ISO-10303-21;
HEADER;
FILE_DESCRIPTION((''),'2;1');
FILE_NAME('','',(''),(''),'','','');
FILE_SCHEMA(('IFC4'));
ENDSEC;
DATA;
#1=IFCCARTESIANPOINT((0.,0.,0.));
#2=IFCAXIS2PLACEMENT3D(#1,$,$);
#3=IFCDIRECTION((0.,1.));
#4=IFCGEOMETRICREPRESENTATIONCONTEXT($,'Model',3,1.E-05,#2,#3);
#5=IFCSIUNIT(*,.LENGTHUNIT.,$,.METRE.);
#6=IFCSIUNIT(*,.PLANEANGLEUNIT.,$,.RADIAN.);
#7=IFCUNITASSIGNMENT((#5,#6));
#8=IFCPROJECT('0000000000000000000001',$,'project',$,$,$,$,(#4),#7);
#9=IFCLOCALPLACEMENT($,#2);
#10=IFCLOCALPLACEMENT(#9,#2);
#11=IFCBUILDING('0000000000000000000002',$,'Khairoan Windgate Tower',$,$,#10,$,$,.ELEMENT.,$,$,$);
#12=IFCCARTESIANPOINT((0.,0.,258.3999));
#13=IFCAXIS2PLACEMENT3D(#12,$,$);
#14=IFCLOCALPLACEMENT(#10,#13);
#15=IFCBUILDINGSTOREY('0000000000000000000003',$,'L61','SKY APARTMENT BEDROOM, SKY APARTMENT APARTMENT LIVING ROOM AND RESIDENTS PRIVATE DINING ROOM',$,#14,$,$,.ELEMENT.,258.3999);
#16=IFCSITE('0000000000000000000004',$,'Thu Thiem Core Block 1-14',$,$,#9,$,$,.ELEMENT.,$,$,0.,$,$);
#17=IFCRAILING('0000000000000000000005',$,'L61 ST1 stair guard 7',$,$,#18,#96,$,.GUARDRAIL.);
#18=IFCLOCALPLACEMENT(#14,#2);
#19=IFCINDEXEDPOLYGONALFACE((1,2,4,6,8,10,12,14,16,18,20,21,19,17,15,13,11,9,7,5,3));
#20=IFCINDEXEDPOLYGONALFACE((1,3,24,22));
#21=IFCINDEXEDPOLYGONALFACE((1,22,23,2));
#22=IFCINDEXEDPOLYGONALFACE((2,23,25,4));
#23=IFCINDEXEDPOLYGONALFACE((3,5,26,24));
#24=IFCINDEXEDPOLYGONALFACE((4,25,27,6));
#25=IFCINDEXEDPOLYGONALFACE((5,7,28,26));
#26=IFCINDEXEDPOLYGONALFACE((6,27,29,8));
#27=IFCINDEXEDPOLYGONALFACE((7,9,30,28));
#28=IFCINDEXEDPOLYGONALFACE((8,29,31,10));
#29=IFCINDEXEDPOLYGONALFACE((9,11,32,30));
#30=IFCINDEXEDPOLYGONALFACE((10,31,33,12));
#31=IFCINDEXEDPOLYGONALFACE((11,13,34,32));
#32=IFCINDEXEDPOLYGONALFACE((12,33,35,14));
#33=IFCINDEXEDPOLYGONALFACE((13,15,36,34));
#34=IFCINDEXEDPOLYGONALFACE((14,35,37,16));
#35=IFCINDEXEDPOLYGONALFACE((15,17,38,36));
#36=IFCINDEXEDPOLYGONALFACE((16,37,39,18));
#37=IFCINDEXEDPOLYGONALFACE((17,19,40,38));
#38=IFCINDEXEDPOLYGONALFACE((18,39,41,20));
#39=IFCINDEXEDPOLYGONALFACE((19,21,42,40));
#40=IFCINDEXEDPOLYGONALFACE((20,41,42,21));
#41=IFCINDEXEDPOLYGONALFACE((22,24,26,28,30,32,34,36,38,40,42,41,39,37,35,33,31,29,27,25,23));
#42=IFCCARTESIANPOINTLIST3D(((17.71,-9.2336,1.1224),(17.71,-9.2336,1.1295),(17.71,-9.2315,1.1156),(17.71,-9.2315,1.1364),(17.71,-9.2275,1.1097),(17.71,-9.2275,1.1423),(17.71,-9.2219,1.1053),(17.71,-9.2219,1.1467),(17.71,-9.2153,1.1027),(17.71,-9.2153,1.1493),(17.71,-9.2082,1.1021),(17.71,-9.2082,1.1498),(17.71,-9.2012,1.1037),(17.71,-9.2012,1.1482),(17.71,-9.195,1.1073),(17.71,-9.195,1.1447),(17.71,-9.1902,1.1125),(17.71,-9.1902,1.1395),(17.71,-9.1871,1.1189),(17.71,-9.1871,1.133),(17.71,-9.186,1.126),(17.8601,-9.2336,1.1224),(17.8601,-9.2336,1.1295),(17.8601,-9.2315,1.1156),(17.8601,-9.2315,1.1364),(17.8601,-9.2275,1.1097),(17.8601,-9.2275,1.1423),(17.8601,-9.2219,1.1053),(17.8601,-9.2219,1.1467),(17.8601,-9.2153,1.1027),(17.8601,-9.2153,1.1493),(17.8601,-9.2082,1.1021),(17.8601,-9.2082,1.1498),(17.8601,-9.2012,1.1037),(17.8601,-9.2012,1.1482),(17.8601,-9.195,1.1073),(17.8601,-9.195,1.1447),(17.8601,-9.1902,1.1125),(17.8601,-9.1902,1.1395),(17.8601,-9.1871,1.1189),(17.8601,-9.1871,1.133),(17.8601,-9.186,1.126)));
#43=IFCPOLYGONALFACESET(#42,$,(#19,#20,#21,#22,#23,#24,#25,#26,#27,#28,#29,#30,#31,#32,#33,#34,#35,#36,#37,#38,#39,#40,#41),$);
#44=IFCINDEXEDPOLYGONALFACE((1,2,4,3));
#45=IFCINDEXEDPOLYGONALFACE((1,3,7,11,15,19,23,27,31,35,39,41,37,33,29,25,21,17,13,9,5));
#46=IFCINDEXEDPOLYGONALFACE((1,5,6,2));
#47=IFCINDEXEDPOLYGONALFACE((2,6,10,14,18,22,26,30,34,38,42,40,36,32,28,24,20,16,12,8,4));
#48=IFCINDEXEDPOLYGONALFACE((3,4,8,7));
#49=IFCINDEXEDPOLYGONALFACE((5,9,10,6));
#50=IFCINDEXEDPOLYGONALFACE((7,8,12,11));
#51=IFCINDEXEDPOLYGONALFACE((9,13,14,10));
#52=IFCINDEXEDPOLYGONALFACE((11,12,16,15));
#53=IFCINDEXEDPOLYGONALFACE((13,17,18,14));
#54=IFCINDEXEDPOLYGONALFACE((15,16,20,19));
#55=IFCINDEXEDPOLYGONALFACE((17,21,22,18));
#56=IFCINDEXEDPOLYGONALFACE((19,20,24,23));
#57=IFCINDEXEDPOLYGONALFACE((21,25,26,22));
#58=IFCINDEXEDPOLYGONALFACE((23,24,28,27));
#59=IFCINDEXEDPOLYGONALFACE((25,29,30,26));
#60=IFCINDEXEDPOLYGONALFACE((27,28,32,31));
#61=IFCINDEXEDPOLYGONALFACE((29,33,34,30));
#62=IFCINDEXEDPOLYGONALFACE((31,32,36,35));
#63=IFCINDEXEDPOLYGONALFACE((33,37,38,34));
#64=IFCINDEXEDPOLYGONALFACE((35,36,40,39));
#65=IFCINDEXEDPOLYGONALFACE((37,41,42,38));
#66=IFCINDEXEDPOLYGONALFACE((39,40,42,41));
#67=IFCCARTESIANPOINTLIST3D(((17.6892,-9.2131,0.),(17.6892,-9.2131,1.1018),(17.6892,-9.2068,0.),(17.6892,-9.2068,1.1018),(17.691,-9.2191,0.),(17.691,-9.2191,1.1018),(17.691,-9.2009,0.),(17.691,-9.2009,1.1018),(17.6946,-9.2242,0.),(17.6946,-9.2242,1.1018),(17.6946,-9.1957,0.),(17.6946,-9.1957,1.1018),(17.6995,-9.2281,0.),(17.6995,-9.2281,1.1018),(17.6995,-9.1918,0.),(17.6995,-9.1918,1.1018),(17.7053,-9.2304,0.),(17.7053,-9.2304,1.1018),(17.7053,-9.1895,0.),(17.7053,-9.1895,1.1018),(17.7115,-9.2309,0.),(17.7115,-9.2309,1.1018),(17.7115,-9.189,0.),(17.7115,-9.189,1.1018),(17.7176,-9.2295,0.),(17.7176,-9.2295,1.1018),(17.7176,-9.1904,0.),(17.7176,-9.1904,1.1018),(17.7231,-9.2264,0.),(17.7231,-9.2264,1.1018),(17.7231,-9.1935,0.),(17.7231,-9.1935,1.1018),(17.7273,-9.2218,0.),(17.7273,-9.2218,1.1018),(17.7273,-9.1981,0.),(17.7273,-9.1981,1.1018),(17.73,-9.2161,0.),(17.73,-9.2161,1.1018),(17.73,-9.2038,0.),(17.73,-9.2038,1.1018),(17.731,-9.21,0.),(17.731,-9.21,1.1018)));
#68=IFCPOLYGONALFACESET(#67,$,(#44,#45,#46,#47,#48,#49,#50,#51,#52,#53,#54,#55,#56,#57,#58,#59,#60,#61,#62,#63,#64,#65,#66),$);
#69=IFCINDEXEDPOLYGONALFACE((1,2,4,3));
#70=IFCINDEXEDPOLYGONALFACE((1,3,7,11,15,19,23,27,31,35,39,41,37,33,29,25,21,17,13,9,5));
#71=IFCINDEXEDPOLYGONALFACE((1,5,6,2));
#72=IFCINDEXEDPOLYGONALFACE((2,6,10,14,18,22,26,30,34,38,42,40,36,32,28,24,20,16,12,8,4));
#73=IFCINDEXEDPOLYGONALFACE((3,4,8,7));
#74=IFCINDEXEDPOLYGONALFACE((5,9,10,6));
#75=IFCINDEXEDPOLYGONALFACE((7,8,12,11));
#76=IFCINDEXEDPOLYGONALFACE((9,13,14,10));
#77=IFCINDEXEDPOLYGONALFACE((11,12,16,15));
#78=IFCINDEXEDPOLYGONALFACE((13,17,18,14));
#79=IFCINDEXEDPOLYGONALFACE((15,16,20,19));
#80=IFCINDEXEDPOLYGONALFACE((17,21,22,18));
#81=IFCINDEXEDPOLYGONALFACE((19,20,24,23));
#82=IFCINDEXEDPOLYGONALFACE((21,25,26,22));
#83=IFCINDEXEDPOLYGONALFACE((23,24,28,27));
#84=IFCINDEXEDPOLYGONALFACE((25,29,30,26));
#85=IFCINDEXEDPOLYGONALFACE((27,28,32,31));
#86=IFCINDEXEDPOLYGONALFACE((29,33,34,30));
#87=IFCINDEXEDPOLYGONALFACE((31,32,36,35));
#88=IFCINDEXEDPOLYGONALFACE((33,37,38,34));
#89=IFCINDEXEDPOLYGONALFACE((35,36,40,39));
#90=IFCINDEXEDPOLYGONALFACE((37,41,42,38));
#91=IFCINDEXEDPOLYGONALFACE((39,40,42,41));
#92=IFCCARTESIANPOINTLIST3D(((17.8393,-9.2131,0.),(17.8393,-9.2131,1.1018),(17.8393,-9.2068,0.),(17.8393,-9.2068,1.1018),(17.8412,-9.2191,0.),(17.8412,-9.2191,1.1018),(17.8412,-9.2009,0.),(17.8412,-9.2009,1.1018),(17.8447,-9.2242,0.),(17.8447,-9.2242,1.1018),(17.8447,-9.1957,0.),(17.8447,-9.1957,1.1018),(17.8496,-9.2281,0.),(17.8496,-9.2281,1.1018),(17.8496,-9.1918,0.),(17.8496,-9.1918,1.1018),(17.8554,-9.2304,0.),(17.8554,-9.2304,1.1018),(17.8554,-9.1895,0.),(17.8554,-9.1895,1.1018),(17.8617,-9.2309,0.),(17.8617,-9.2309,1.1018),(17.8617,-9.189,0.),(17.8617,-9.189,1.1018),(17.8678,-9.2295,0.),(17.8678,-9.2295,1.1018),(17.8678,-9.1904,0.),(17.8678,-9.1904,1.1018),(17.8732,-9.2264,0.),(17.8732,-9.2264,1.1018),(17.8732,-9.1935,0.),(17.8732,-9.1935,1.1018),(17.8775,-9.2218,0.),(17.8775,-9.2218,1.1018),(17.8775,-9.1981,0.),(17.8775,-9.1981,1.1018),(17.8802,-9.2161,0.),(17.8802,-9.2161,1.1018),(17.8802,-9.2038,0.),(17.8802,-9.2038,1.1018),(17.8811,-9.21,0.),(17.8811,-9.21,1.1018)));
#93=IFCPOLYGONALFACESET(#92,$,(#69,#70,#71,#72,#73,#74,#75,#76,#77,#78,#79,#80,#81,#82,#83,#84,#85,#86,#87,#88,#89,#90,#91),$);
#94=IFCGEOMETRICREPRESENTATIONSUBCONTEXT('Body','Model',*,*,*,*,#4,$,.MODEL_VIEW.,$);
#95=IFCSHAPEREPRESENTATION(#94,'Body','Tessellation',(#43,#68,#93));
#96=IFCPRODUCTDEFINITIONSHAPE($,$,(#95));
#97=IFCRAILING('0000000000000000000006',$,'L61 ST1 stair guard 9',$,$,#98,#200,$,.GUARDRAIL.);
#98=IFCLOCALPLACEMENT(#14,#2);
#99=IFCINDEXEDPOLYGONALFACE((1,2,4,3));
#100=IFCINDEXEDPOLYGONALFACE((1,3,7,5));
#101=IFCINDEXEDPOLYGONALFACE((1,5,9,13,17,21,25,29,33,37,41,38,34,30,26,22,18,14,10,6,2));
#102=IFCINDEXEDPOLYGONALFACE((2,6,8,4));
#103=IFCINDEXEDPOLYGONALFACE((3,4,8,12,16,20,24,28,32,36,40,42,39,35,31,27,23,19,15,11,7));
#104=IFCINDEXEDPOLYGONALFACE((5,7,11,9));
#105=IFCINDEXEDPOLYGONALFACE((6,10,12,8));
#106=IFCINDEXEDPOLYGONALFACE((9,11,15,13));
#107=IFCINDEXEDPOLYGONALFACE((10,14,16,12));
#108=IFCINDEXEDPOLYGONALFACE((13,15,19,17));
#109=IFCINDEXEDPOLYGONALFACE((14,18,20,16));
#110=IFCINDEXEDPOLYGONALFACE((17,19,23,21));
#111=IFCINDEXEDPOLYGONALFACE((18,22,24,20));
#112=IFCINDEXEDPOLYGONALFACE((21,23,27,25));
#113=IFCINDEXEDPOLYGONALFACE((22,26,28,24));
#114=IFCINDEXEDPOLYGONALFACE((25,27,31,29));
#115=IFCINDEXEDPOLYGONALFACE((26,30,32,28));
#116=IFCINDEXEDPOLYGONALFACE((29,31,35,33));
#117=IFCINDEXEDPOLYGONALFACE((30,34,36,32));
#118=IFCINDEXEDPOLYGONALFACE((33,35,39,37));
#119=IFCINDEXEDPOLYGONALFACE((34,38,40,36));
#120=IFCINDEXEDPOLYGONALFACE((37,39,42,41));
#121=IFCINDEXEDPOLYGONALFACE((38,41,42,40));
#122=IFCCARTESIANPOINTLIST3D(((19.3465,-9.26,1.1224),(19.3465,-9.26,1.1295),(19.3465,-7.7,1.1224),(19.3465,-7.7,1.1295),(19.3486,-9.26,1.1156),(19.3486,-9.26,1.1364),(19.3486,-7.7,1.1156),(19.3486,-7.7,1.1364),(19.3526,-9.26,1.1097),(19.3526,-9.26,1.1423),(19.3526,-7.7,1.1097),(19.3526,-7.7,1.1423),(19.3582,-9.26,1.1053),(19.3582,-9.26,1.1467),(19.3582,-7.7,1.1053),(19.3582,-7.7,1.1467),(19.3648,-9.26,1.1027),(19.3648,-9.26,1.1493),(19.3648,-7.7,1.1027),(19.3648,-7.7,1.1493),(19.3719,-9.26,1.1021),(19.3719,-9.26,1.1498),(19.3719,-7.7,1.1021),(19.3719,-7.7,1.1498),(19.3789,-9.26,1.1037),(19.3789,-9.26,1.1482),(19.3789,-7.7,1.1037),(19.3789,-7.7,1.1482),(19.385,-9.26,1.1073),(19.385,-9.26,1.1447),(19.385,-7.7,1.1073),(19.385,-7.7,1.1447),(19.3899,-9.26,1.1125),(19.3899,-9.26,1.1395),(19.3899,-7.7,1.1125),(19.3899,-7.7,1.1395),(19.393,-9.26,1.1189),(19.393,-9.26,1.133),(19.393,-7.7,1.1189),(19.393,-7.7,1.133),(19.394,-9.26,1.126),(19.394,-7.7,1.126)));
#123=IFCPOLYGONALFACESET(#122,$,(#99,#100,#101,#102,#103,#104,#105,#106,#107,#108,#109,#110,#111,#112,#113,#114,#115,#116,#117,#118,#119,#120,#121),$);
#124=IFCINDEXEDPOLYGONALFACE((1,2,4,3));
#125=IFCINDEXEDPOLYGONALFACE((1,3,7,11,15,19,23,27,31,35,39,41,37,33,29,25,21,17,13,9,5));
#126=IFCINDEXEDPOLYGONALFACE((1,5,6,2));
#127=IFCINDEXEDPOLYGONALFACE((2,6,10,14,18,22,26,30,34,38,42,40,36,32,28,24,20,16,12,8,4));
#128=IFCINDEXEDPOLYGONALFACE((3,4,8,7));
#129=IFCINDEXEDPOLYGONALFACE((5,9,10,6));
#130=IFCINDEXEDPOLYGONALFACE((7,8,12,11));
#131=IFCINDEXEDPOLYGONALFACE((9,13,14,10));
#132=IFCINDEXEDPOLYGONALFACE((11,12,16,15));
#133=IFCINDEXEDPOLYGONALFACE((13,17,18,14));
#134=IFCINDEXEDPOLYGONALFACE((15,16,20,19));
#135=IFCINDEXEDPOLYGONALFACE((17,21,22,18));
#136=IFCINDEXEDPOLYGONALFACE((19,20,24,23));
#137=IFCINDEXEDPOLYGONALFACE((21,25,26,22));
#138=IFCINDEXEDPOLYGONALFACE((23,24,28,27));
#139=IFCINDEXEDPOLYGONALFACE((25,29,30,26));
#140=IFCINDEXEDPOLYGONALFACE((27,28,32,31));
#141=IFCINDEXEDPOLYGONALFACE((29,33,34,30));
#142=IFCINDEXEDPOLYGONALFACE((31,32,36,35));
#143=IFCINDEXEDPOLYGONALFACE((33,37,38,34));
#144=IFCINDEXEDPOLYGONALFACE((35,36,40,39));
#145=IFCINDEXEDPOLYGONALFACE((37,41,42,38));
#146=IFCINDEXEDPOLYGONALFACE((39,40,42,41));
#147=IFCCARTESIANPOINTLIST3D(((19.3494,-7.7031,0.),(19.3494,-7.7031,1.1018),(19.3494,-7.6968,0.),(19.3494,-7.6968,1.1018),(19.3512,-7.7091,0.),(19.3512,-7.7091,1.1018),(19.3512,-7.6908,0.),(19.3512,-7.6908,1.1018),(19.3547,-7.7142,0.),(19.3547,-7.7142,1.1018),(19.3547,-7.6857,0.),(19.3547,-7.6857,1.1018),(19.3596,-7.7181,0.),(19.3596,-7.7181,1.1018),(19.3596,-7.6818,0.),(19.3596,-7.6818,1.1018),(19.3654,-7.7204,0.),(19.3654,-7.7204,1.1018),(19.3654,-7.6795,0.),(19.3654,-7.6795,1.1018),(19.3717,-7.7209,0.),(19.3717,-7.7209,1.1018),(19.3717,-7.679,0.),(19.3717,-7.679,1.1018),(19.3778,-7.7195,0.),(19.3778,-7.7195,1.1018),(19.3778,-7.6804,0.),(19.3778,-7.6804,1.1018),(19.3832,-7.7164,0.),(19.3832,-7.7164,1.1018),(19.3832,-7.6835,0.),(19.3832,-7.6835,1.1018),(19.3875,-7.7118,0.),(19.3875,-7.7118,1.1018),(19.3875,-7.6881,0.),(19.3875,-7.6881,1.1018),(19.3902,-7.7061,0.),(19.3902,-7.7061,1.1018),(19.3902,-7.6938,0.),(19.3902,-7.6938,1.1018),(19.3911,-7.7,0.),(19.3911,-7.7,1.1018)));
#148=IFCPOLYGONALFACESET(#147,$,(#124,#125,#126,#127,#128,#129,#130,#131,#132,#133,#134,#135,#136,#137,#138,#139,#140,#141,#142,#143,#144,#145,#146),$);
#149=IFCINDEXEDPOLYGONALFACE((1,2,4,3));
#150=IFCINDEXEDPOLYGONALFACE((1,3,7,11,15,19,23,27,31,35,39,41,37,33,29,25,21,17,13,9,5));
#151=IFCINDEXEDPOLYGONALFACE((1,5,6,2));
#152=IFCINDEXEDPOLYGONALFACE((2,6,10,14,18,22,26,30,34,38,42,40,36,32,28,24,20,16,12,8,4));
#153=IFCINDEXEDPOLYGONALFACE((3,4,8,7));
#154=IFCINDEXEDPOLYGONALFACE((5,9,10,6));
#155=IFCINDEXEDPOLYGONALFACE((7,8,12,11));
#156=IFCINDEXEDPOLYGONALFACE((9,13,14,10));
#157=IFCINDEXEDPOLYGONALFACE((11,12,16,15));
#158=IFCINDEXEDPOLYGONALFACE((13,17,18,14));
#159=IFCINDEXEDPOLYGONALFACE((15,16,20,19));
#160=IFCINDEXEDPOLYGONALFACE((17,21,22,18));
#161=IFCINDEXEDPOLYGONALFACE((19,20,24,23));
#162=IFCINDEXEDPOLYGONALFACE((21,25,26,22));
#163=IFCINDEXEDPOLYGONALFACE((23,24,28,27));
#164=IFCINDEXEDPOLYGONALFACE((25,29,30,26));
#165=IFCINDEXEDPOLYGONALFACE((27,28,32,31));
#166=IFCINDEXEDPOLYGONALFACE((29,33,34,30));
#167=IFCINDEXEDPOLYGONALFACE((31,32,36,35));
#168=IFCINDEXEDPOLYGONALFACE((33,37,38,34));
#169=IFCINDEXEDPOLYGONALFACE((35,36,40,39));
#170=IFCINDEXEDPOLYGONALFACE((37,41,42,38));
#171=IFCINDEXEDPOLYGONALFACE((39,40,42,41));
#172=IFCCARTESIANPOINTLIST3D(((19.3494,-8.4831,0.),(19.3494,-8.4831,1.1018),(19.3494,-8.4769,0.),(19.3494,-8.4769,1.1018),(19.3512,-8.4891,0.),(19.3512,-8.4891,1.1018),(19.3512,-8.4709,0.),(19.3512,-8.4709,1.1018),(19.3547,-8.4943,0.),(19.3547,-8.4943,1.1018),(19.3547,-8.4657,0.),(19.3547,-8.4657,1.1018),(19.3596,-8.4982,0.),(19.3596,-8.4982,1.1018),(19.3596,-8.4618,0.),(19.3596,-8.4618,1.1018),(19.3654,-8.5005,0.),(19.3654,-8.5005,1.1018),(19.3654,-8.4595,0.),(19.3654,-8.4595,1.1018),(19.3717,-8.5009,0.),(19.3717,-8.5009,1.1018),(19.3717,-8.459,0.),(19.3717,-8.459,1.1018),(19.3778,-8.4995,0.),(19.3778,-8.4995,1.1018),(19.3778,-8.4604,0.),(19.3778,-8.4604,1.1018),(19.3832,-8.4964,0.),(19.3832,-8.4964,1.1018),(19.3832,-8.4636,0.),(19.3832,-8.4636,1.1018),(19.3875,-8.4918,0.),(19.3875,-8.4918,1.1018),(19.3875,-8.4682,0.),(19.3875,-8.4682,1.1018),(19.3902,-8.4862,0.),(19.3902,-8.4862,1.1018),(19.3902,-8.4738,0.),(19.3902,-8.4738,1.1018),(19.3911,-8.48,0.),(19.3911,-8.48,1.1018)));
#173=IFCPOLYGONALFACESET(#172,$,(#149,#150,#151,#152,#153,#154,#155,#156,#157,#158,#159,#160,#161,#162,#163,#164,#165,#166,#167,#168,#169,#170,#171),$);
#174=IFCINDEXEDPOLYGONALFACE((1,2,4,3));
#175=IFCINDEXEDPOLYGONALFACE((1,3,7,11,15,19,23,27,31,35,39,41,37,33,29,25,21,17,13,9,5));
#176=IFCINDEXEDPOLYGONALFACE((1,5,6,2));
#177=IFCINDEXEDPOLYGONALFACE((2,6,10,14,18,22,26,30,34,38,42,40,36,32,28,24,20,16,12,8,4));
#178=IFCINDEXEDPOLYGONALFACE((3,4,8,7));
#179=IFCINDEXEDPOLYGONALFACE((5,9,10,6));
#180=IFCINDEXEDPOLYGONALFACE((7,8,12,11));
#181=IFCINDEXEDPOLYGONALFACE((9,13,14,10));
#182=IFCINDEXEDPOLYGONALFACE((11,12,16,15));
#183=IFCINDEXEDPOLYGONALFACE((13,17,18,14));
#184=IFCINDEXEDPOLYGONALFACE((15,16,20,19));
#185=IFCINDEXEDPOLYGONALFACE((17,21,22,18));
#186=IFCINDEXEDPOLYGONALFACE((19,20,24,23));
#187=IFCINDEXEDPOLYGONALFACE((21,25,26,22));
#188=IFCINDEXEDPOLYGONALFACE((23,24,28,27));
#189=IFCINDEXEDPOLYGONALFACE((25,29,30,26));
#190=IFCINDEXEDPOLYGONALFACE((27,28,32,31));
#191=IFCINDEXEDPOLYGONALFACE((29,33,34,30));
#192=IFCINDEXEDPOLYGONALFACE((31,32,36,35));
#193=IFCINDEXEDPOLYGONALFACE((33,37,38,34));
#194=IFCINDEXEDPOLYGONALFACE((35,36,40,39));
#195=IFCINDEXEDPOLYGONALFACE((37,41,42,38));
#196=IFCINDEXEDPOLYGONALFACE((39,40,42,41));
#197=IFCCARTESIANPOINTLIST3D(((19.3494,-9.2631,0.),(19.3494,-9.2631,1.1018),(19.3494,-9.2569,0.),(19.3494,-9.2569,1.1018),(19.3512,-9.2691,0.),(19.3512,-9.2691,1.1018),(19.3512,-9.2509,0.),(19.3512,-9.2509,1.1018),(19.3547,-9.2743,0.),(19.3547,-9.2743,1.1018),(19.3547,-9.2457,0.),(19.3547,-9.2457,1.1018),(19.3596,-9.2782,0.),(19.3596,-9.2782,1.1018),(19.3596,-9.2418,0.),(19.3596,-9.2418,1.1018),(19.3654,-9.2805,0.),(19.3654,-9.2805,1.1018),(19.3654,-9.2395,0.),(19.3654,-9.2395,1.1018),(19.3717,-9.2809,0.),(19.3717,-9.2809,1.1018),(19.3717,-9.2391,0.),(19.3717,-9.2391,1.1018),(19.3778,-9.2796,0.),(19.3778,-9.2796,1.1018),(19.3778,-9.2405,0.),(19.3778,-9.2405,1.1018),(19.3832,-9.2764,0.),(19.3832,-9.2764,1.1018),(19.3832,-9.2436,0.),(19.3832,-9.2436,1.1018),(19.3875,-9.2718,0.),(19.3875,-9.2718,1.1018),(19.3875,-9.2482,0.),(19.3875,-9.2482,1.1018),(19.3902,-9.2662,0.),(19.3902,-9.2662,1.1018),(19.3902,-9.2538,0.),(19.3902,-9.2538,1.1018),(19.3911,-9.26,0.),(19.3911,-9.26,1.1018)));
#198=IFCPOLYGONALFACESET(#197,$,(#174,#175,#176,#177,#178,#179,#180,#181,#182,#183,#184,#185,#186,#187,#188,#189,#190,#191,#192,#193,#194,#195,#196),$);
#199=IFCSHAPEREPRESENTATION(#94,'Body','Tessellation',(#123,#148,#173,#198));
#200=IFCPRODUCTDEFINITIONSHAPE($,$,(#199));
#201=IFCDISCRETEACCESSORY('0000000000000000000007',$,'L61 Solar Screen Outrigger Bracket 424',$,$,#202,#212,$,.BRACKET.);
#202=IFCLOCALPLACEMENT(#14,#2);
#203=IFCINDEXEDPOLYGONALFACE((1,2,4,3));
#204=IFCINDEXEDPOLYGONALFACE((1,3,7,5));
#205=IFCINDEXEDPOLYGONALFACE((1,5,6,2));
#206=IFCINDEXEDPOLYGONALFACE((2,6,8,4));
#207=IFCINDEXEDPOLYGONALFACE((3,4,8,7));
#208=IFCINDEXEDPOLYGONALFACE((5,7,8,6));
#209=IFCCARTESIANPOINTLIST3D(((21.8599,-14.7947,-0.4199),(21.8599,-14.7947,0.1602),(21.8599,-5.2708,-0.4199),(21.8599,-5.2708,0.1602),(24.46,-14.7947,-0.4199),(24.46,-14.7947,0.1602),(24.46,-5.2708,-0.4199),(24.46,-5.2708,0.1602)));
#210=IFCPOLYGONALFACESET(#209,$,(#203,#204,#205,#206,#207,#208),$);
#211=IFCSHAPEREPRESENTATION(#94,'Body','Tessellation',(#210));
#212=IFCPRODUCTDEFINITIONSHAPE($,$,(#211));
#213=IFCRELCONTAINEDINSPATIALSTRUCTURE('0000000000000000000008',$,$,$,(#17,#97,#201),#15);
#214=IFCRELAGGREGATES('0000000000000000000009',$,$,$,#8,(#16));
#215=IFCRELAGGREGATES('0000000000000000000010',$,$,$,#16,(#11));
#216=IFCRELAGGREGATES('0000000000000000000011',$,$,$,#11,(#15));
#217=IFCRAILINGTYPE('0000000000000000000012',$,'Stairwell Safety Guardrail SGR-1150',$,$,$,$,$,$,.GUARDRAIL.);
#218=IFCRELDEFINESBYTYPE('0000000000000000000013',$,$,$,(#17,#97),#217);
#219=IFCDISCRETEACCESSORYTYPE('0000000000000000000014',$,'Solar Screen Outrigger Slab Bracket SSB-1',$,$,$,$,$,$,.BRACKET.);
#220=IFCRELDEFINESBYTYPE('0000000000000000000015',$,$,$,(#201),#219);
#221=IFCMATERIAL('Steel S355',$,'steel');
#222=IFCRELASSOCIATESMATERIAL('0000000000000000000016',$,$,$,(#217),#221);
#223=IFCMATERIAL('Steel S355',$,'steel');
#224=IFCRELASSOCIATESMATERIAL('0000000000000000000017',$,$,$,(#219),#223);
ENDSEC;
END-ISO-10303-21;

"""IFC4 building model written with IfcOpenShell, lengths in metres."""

from ifc_helpers import new_model, si_unit, direction, frame, origin, origin_2d, place, context, subcontext, project, spatial, rectangle, circle, extrude, material, type_object, element, save


model = new_model("IFC4")

# Units and contexts
model_context = context("Model", 3, precision=1e-05, world=origin(), true_north=direction((0.0, 1.0)))
body_context = subcontext(model_context, "Body", "Model", "MODEL_VIEW")
ifc_project = project(units=[si_unit("LENGTHUNIT", "METRE"), si_unit("PLANEANGLEUNIT", "RADIAN")], contexts=[model_context])

# Site, building, storey
site_placement = place(None, origin())
site = spatial("IfcSite", under=ifc_project, at=site_placement, Name="Thu Thiem Core Block 1-14", CompositionType="ELEMENT", RefElevation=0.0)
building_placement = place(site_placement, origin())
building = spatial("IfcBuilding", under=site, at=building_placement, Name="Khairoan Windgate Tower", CompositionType="ELEMENT")
storey_placement = place(building_placement, frame((0.0, 0.0, 258.3999)))
storey = spatial("IfcBuildingStorey", under=building, at=storey_placement, Name="L61", Description="SKY APARTMENT BEDROOM, SKY APARTMENT APARTMENT LIVING ROOM AND RESIDENTS PRIVATE DINING ROOM", CompositionType="ELEMENT", Elevation=258.3999)

# Railings
ifc_material_1 = material(Name="Steel S355", Category="steel")
railing_type_1 = type_object("IfcRailingType", Name="Stairwell Safety Guardrail SGR-1150", PredefinedType="GUARDRAIL", material=ifc_material_1)
railing_1_placement = place(storey_placement, frame((17.71, -9.21, 0.0)))
element("IfcRailing", 1, at=railing_1_placement, inside=storey, type_object=railing_type_1, Name="L61 ST1 stair guard 7", PredefinedType="GUARDRAIL", context=body_context, shape_type="SweptSolid", body=[
    extrude(circle(Radius=0.0239, at=origin_2d()), frame((0.0, 0.0, 1.126), z_axis=(1.0, 0.0, 0.0), x_axis=(0.0, 1.0, 0.0)), (0.0, 0.0, 1.0), 0.1501),
    extrude(circle(Radius=0.021, at=origin_2d()), origin(), (0.0, 0.0, 1.0), 1.1018),
    extrude(circle(Radius=0.021, at=origin_2d()), frame((0.1501, 0.0, 0.0)), (0.0, 0.0, 1.0), 1.1018),
])
railing_2_placement = place(storey_placement, frame((19.3701, -7.7, 0.0)))
element("IfcRailing", 2, at=railing_2_placement, inside=storey, type_object=railing_type_1, Name="L61 ST1 stair guard 9", PredefinedType="GUARDRAIL", context=body_context, shape_type="SweptSolid", body=[
    extrude(circle(Radius=0.0239, at=origin_2d()), frame((0.0, 0.0, 1.126), z_axis=(0.0, -1.0, 0.0), x_axis=(1.0, 0.0, 0.0)), (0.0, 0.0, 1.0), 1.5601),
    extrude(circle(Radius=0.021, at=origin_2d()), origin(), (0.0, 0.0, 1.0), 1.1018),
    extrude(circle(Radius=0.021, at=origin_2d()), frame((0.0, -0.78, 0.0)), (0.0, 0.0, 1.0), 1.1018),
    extrude(circle(Radius=0.021, at=origin_2d()), frame((0.0, -1.5601, 0.0)), (0.0, 0.0, 1.0), 1.1018),
])

# Discrete accessory
ifc_material_2 = material(Name="Steel S355", Category="steel")
discrete_accessory_type = type_object("IfcDiscreteAccessoryType", Name="Solar Screen Outrigger Slab Bracket SSB-1", PredefinedType="BRACKET", material=ifc_material_2)
discrete_accessory_placement = place(storey_placement, frame((23.1599, -10.0327, -0.4199), z_axis=(0.0, 0.0, 1.0), x_axis=(0.0, -1.0, 0.0)))
element("IfcDiscreteAccessory", 3, at=discrete_accessory_placement, inside=storey, type_object=discrete_accessory_type, Name="L61 Solar Screen Outrigger Bracket 424", PredefinedType="BRACKET", context=body_context, shape_type="SweptSolid", body=[
    extrude(rectangle(XDim=9.5239, YDim=2.6001, at=origin_2d()), origin(), (0.0, 0.0, 1.0), 0.5801),
])

save(model, "model.ifc")
